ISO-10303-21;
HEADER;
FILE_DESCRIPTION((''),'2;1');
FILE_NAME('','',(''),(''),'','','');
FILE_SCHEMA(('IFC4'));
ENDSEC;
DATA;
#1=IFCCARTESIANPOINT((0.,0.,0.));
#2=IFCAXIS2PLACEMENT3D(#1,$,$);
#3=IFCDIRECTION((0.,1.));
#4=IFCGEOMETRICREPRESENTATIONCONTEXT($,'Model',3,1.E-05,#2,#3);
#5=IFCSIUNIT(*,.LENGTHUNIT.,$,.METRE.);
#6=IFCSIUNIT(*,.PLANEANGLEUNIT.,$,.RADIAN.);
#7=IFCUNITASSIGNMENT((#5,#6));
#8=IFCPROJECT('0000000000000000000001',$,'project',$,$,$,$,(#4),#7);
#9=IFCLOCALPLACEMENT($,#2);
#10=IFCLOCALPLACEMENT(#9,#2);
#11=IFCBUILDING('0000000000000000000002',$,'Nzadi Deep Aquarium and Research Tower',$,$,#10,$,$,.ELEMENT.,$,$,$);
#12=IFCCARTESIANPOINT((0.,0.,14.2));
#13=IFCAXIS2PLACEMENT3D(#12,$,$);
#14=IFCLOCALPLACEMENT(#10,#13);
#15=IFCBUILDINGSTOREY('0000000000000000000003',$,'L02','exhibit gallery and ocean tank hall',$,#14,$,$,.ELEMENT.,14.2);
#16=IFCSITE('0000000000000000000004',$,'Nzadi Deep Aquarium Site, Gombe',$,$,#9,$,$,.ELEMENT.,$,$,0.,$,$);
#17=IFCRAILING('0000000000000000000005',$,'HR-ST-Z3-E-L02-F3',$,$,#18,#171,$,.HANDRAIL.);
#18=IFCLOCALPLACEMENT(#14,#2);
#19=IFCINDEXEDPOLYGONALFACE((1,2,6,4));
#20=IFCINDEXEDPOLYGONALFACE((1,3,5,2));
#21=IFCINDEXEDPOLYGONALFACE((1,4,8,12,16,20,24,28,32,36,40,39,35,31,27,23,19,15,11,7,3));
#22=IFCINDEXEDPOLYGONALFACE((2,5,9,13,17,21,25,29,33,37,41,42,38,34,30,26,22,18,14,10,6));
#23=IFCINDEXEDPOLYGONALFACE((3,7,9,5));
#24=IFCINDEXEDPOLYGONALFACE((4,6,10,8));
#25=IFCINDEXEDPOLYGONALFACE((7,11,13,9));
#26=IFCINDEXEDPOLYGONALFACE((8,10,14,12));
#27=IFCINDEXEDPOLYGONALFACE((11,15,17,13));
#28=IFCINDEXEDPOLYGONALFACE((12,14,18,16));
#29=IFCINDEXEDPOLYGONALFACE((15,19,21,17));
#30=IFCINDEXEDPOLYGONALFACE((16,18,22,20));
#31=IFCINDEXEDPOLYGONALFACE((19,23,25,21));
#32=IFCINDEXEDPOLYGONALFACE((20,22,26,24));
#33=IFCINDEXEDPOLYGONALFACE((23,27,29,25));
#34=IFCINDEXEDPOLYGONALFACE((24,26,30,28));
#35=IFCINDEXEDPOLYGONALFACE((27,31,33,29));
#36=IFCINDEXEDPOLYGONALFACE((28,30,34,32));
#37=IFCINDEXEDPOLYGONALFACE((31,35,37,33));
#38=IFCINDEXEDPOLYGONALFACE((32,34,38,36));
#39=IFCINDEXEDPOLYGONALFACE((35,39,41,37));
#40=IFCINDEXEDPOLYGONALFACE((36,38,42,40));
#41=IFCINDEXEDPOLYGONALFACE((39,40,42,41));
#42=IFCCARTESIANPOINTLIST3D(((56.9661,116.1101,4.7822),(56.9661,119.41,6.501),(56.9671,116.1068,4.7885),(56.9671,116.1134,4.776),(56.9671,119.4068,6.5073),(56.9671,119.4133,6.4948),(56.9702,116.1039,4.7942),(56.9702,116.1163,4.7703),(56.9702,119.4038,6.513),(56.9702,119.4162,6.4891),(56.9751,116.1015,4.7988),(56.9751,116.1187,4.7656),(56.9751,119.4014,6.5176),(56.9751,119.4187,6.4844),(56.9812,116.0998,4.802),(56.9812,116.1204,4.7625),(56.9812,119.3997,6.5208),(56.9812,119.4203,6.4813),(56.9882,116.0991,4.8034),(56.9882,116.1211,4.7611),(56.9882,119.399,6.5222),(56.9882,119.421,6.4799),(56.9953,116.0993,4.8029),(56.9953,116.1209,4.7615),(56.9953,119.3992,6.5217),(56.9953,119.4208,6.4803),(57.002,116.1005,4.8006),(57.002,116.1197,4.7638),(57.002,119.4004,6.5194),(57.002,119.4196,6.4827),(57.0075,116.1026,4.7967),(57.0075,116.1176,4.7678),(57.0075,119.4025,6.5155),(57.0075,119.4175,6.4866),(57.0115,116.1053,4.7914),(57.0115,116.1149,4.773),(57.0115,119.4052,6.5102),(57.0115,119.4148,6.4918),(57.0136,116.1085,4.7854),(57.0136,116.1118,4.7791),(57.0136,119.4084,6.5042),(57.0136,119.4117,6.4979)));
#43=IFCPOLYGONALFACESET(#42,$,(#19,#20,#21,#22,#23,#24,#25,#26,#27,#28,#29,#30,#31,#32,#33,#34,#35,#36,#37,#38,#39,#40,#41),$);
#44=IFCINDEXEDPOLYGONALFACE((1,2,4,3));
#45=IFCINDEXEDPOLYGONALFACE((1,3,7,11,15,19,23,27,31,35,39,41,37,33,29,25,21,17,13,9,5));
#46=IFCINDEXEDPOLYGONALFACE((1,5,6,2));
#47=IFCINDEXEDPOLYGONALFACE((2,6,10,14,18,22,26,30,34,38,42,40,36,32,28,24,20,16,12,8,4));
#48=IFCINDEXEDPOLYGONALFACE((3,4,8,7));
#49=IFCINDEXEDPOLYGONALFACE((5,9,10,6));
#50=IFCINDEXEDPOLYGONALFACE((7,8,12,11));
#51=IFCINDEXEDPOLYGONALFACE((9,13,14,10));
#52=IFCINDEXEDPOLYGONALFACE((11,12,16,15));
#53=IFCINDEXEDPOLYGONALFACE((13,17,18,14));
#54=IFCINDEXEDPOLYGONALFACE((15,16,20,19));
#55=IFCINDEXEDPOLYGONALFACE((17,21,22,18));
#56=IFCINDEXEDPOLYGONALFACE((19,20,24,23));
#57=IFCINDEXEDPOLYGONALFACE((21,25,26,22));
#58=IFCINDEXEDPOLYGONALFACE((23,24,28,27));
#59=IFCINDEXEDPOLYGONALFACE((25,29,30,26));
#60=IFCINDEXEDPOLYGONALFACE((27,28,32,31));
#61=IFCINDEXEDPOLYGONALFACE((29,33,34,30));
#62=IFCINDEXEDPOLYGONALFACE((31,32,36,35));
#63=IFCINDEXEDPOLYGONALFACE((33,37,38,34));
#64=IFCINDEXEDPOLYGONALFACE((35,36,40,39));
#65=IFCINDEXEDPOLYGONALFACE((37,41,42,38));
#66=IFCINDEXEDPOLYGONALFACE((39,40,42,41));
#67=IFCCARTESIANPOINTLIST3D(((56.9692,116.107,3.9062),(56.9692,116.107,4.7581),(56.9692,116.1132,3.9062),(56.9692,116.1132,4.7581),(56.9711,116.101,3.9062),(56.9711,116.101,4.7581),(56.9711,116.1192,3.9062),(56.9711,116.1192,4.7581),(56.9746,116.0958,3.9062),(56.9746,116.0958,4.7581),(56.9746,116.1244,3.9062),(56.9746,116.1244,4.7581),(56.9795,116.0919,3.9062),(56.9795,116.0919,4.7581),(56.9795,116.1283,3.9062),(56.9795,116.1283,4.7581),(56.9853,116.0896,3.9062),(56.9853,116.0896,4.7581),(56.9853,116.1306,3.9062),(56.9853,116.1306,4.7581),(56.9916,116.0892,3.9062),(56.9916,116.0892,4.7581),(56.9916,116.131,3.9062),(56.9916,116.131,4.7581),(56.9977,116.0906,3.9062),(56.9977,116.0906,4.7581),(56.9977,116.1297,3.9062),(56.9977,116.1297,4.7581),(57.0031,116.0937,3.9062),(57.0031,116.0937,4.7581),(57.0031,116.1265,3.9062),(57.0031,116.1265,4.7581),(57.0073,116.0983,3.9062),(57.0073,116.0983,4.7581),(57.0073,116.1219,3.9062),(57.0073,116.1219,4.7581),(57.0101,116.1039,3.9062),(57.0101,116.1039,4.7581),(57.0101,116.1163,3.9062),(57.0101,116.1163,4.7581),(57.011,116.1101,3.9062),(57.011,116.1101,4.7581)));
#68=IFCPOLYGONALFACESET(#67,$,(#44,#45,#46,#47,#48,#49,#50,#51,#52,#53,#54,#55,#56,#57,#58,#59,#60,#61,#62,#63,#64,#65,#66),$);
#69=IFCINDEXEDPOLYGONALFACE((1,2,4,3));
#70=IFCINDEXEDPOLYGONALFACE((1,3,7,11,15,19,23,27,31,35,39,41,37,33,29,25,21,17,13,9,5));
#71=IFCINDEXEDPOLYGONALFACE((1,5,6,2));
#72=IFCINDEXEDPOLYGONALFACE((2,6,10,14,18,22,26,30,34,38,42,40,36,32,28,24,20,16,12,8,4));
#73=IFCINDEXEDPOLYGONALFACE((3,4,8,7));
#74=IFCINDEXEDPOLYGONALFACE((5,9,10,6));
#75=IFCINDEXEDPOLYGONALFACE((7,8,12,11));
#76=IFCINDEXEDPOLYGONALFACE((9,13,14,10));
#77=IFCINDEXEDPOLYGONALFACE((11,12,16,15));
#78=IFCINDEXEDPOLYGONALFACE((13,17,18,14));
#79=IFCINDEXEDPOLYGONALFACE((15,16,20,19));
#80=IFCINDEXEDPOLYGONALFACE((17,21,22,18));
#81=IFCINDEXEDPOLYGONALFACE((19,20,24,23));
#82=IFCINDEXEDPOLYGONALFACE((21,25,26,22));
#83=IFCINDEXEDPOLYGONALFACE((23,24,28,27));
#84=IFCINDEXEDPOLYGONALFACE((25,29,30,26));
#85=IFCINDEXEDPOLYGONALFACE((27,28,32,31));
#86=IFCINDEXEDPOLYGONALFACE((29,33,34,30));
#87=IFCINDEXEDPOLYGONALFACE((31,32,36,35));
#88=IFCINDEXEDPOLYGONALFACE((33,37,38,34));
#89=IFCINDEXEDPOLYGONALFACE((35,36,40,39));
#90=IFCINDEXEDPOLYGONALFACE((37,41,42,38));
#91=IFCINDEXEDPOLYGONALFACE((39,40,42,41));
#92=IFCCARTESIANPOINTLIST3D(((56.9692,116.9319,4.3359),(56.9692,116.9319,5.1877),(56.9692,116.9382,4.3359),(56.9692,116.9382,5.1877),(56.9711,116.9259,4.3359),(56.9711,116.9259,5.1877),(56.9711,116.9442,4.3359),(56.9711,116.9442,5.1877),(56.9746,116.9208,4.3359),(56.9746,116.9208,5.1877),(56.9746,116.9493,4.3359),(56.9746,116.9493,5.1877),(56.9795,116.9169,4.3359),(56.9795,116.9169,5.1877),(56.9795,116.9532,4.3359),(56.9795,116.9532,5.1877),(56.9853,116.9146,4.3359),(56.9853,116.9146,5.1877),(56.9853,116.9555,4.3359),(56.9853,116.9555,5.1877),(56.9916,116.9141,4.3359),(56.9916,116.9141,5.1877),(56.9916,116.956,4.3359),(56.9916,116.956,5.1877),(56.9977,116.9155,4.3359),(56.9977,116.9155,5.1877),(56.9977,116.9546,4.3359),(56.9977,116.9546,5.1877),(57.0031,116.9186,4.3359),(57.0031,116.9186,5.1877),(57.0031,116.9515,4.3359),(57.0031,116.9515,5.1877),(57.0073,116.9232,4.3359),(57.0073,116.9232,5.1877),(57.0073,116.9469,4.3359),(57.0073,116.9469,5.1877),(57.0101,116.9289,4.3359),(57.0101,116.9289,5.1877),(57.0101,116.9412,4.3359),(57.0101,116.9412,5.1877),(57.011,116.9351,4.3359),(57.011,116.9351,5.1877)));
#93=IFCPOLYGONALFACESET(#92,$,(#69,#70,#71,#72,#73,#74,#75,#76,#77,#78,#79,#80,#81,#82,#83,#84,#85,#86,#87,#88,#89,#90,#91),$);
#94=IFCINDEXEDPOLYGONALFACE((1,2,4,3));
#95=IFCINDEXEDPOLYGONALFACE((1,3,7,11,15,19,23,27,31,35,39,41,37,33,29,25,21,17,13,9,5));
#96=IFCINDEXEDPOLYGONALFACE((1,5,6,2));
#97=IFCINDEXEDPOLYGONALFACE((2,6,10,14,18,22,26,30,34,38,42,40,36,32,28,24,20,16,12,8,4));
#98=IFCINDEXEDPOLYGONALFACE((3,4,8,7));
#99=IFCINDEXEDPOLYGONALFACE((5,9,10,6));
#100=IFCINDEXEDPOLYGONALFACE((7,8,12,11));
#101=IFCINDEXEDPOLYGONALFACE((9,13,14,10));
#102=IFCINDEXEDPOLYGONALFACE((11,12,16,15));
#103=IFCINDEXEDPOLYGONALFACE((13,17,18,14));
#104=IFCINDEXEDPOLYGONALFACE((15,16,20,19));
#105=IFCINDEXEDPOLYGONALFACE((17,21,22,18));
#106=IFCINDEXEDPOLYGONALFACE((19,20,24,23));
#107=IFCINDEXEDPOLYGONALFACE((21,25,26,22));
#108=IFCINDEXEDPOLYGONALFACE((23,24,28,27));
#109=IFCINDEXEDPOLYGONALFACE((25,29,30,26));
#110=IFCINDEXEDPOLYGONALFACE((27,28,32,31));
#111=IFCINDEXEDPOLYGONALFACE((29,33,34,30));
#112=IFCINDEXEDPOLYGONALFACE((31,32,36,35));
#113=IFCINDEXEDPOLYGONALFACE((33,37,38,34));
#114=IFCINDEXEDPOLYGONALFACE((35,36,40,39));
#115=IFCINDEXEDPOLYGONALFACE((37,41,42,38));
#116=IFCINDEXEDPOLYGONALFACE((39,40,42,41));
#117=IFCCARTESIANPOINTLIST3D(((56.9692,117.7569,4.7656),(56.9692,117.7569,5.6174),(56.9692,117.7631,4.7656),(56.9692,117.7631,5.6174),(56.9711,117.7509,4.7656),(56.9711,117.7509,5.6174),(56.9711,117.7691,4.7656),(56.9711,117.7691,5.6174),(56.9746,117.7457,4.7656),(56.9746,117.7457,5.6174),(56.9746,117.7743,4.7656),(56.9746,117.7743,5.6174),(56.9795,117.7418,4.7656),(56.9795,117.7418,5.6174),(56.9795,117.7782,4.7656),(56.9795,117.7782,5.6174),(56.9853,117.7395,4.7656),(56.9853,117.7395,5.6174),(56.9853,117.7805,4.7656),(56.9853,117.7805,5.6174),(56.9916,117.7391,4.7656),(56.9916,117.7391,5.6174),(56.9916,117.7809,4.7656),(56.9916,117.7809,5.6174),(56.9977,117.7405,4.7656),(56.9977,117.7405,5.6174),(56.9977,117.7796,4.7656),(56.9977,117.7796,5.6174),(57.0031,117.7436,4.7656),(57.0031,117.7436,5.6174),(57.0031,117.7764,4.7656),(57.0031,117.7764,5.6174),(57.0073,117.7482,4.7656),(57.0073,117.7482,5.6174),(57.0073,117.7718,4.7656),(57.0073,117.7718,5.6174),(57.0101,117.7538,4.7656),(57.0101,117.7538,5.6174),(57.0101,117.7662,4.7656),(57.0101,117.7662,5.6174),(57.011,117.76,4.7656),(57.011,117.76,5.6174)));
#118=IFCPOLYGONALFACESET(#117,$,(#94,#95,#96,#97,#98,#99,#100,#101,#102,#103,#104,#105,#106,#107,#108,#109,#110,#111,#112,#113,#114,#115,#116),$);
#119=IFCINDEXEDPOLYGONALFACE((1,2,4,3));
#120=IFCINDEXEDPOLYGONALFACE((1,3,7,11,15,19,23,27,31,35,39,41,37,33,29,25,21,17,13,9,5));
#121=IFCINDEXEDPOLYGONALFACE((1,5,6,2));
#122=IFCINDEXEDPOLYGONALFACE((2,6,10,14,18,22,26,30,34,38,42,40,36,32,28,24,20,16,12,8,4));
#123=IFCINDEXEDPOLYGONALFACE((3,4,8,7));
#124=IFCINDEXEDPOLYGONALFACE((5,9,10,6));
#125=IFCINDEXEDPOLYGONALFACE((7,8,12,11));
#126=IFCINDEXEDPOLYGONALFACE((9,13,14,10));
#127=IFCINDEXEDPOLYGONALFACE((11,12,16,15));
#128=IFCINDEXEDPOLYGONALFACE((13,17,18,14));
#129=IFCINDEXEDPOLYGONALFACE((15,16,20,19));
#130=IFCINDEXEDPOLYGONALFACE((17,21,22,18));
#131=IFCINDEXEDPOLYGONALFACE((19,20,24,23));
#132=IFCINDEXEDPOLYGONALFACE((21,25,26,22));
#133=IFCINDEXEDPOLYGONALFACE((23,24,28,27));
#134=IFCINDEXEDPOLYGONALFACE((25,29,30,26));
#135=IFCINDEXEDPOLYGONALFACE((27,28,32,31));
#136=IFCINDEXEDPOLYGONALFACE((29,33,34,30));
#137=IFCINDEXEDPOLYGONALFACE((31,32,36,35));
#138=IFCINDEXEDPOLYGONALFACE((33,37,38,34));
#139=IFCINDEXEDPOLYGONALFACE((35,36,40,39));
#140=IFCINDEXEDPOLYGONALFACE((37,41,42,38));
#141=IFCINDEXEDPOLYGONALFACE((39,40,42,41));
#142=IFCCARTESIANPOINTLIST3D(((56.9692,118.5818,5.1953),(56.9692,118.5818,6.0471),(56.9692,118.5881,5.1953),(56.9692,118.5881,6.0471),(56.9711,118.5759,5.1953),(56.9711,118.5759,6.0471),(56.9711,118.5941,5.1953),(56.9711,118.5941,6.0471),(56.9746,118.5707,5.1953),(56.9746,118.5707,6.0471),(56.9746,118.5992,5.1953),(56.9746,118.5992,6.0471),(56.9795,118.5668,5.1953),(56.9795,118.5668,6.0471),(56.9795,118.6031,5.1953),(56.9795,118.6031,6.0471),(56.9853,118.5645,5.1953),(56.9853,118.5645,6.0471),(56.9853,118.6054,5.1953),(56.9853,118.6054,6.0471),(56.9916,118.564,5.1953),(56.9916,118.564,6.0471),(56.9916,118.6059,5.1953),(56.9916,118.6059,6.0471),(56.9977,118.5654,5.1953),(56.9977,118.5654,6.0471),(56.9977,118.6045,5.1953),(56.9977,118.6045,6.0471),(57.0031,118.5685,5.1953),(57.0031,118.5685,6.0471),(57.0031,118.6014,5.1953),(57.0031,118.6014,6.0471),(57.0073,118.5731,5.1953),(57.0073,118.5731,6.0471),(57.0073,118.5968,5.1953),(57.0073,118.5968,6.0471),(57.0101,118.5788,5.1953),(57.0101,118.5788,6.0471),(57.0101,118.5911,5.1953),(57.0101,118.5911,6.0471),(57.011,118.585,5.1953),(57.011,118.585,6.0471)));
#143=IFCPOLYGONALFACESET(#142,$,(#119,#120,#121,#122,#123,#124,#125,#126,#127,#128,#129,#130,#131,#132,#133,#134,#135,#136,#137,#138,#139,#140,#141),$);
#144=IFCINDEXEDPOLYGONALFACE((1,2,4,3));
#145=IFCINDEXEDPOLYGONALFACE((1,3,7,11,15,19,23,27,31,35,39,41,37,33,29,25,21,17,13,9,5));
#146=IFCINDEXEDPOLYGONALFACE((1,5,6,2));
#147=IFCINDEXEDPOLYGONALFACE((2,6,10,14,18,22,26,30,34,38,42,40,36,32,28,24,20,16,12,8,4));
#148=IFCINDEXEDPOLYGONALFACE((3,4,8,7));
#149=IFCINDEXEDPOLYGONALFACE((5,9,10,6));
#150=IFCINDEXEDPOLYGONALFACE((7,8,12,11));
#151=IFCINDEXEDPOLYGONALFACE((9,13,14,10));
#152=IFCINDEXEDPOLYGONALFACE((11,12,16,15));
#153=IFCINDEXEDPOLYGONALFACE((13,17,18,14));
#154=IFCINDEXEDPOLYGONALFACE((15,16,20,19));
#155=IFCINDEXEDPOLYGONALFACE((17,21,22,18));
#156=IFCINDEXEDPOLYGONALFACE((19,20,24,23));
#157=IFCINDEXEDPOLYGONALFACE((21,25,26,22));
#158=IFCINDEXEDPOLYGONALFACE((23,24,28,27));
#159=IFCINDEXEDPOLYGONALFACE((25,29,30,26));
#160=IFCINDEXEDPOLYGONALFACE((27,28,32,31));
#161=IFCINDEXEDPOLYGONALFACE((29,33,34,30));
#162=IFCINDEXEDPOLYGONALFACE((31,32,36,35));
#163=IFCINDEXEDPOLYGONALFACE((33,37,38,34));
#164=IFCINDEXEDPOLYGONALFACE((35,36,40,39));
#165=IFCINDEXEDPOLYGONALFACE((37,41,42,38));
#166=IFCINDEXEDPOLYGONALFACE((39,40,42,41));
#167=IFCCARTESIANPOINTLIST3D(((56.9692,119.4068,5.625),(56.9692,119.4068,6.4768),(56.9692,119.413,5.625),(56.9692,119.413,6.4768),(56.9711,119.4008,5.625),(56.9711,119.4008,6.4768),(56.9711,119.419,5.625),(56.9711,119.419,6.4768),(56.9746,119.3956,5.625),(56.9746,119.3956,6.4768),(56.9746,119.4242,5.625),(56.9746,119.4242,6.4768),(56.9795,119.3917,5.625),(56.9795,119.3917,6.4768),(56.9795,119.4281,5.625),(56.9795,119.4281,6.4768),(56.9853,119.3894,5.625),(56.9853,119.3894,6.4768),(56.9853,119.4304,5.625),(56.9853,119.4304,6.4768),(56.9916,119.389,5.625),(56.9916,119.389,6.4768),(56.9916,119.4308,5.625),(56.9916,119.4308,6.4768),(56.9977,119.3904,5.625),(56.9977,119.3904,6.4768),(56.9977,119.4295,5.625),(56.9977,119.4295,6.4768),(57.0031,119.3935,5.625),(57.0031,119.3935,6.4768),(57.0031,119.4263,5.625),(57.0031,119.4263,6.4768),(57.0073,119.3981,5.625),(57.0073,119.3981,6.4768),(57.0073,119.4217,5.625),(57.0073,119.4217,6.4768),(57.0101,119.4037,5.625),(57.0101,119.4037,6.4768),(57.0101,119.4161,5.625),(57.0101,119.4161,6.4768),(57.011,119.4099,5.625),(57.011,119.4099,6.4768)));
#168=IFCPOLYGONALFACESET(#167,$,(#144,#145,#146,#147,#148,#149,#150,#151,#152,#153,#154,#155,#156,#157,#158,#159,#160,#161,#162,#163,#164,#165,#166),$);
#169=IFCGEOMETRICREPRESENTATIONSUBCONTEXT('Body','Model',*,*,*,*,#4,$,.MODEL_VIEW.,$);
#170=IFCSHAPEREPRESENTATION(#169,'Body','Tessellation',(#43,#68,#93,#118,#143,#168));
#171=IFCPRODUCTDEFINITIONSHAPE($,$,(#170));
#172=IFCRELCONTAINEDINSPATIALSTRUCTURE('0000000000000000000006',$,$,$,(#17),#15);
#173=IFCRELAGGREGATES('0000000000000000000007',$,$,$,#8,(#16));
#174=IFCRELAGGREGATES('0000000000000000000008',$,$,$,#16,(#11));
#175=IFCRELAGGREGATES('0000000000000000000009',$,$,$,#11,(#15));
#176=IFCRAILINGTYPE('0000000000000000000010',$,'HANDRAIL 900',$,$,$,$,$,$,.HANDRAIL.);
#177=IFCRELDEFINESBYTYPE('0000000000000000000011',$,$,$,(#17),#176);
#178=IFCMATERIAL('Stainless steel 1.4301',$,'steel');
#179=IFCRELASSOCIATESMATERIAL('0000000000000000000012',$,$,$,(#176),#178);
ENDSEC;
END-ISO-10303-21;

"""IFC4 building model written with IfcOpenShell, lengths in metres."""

from ifc_helpers import new_model, si_unit, direction, frame, origin, origin_2d, place, context, subcontext, project, spatial, circle, extrude, material, type_object, element, save


model = new_model("IFC4")

# Units and contexts
model_context = context("Model", 3, precision=1e-05, world=origin(), true_north=direction((0.0, 1.0)))
body_context = subcontext(model_context, "Body", "Model", "MODEL_VIEW")
ifc_project = project(units=[si_unit("LENGTHUNIT", "METRE"), si_unit("PLANEANGLEUNIT", "RADIAN")], contexts=[model_context])

# Site, building, storey
site_placement = place(None, origin())
site = spatial("IfcSite", under=ifc_project, at=site_placement, Name="Nzadi Deep Aquarium Site, Gombe", CompositionType="ELEMENT", RefElevation=0.0)
building_placement = place(site_placement, origin())
building = spatial("IfcBuilding", under=site, at=building_placement, Name="Nzadi Deep Aquarium and Research Tower", CompositionType="ELEMENT")
storey_placement = place(building_placement, frame((0.0, 0.0, 14.2)))
storey = spatial("IfcBuildingStorey", under=building, at=storey_placement, Name="L02", Description="exhibit gallery and ocean tank hall", CompositionType="ELEMENT", Elevation=14.2)

# Railing
ifc_material_1 = material(Name="Stainless steel 1.4301", Category="steel")
railing_type = type_object("IfcRailingType", Name="HANDRAIL 900", PredefinedType="HANDRAIL", material=ifc_material_1)
for number, where, name in (
    (1, (56.99, 116.1101, 3.9062), "HR-ST-Z3-E-L02-F3"),
):
    element("IfcRailing", number, at=place(storey_placement, frame(where)), inside=storey, type_object=railing_type, Name=name, PredefinedType="HANDRAIL", context=body_context, shape_type="SweptSolid", body=[
        extrude(circle(Radius=0.0239, at=origin_2d()), frame((0.0, 0.0, 0.876), z_axis=(0.0, 0.886903, 0.461956), x_axis=(-1.0, 0.0, 0.0)), (0.0, 0.0, 1.0), 3.7207),
        extrude(circle(Radius=0.021, at=origin_2d()), origin(), (0.0, 0.0, 1.0), 0.8518),
        extrude(circle(Radius=0.021, at=origin_2d()), frame((0.0, 0.825, 0.4297)), (0.0, 0.0, 1.0), 0.8518),
        extrude(circle(Radius=0.021, at=origin_2d()), frame((0.0, 1.6499, 0.8594)), (0.0, 0.0, 1.0), 0.8518),
        extrude(circle(Radius=0.021, at=origin_2d()), frame((0.0, 2.4749, 1.2891)), (0.0, 0.0, 1.0), 0.8518),
        extrude(circle(Radius=0.021, at=origin_2d()), frame((0.0, 3.2998, 1.7188)), (0.0, 0.0, 1.0), 0.8518),
    ])

save(model, "model.ifc")
